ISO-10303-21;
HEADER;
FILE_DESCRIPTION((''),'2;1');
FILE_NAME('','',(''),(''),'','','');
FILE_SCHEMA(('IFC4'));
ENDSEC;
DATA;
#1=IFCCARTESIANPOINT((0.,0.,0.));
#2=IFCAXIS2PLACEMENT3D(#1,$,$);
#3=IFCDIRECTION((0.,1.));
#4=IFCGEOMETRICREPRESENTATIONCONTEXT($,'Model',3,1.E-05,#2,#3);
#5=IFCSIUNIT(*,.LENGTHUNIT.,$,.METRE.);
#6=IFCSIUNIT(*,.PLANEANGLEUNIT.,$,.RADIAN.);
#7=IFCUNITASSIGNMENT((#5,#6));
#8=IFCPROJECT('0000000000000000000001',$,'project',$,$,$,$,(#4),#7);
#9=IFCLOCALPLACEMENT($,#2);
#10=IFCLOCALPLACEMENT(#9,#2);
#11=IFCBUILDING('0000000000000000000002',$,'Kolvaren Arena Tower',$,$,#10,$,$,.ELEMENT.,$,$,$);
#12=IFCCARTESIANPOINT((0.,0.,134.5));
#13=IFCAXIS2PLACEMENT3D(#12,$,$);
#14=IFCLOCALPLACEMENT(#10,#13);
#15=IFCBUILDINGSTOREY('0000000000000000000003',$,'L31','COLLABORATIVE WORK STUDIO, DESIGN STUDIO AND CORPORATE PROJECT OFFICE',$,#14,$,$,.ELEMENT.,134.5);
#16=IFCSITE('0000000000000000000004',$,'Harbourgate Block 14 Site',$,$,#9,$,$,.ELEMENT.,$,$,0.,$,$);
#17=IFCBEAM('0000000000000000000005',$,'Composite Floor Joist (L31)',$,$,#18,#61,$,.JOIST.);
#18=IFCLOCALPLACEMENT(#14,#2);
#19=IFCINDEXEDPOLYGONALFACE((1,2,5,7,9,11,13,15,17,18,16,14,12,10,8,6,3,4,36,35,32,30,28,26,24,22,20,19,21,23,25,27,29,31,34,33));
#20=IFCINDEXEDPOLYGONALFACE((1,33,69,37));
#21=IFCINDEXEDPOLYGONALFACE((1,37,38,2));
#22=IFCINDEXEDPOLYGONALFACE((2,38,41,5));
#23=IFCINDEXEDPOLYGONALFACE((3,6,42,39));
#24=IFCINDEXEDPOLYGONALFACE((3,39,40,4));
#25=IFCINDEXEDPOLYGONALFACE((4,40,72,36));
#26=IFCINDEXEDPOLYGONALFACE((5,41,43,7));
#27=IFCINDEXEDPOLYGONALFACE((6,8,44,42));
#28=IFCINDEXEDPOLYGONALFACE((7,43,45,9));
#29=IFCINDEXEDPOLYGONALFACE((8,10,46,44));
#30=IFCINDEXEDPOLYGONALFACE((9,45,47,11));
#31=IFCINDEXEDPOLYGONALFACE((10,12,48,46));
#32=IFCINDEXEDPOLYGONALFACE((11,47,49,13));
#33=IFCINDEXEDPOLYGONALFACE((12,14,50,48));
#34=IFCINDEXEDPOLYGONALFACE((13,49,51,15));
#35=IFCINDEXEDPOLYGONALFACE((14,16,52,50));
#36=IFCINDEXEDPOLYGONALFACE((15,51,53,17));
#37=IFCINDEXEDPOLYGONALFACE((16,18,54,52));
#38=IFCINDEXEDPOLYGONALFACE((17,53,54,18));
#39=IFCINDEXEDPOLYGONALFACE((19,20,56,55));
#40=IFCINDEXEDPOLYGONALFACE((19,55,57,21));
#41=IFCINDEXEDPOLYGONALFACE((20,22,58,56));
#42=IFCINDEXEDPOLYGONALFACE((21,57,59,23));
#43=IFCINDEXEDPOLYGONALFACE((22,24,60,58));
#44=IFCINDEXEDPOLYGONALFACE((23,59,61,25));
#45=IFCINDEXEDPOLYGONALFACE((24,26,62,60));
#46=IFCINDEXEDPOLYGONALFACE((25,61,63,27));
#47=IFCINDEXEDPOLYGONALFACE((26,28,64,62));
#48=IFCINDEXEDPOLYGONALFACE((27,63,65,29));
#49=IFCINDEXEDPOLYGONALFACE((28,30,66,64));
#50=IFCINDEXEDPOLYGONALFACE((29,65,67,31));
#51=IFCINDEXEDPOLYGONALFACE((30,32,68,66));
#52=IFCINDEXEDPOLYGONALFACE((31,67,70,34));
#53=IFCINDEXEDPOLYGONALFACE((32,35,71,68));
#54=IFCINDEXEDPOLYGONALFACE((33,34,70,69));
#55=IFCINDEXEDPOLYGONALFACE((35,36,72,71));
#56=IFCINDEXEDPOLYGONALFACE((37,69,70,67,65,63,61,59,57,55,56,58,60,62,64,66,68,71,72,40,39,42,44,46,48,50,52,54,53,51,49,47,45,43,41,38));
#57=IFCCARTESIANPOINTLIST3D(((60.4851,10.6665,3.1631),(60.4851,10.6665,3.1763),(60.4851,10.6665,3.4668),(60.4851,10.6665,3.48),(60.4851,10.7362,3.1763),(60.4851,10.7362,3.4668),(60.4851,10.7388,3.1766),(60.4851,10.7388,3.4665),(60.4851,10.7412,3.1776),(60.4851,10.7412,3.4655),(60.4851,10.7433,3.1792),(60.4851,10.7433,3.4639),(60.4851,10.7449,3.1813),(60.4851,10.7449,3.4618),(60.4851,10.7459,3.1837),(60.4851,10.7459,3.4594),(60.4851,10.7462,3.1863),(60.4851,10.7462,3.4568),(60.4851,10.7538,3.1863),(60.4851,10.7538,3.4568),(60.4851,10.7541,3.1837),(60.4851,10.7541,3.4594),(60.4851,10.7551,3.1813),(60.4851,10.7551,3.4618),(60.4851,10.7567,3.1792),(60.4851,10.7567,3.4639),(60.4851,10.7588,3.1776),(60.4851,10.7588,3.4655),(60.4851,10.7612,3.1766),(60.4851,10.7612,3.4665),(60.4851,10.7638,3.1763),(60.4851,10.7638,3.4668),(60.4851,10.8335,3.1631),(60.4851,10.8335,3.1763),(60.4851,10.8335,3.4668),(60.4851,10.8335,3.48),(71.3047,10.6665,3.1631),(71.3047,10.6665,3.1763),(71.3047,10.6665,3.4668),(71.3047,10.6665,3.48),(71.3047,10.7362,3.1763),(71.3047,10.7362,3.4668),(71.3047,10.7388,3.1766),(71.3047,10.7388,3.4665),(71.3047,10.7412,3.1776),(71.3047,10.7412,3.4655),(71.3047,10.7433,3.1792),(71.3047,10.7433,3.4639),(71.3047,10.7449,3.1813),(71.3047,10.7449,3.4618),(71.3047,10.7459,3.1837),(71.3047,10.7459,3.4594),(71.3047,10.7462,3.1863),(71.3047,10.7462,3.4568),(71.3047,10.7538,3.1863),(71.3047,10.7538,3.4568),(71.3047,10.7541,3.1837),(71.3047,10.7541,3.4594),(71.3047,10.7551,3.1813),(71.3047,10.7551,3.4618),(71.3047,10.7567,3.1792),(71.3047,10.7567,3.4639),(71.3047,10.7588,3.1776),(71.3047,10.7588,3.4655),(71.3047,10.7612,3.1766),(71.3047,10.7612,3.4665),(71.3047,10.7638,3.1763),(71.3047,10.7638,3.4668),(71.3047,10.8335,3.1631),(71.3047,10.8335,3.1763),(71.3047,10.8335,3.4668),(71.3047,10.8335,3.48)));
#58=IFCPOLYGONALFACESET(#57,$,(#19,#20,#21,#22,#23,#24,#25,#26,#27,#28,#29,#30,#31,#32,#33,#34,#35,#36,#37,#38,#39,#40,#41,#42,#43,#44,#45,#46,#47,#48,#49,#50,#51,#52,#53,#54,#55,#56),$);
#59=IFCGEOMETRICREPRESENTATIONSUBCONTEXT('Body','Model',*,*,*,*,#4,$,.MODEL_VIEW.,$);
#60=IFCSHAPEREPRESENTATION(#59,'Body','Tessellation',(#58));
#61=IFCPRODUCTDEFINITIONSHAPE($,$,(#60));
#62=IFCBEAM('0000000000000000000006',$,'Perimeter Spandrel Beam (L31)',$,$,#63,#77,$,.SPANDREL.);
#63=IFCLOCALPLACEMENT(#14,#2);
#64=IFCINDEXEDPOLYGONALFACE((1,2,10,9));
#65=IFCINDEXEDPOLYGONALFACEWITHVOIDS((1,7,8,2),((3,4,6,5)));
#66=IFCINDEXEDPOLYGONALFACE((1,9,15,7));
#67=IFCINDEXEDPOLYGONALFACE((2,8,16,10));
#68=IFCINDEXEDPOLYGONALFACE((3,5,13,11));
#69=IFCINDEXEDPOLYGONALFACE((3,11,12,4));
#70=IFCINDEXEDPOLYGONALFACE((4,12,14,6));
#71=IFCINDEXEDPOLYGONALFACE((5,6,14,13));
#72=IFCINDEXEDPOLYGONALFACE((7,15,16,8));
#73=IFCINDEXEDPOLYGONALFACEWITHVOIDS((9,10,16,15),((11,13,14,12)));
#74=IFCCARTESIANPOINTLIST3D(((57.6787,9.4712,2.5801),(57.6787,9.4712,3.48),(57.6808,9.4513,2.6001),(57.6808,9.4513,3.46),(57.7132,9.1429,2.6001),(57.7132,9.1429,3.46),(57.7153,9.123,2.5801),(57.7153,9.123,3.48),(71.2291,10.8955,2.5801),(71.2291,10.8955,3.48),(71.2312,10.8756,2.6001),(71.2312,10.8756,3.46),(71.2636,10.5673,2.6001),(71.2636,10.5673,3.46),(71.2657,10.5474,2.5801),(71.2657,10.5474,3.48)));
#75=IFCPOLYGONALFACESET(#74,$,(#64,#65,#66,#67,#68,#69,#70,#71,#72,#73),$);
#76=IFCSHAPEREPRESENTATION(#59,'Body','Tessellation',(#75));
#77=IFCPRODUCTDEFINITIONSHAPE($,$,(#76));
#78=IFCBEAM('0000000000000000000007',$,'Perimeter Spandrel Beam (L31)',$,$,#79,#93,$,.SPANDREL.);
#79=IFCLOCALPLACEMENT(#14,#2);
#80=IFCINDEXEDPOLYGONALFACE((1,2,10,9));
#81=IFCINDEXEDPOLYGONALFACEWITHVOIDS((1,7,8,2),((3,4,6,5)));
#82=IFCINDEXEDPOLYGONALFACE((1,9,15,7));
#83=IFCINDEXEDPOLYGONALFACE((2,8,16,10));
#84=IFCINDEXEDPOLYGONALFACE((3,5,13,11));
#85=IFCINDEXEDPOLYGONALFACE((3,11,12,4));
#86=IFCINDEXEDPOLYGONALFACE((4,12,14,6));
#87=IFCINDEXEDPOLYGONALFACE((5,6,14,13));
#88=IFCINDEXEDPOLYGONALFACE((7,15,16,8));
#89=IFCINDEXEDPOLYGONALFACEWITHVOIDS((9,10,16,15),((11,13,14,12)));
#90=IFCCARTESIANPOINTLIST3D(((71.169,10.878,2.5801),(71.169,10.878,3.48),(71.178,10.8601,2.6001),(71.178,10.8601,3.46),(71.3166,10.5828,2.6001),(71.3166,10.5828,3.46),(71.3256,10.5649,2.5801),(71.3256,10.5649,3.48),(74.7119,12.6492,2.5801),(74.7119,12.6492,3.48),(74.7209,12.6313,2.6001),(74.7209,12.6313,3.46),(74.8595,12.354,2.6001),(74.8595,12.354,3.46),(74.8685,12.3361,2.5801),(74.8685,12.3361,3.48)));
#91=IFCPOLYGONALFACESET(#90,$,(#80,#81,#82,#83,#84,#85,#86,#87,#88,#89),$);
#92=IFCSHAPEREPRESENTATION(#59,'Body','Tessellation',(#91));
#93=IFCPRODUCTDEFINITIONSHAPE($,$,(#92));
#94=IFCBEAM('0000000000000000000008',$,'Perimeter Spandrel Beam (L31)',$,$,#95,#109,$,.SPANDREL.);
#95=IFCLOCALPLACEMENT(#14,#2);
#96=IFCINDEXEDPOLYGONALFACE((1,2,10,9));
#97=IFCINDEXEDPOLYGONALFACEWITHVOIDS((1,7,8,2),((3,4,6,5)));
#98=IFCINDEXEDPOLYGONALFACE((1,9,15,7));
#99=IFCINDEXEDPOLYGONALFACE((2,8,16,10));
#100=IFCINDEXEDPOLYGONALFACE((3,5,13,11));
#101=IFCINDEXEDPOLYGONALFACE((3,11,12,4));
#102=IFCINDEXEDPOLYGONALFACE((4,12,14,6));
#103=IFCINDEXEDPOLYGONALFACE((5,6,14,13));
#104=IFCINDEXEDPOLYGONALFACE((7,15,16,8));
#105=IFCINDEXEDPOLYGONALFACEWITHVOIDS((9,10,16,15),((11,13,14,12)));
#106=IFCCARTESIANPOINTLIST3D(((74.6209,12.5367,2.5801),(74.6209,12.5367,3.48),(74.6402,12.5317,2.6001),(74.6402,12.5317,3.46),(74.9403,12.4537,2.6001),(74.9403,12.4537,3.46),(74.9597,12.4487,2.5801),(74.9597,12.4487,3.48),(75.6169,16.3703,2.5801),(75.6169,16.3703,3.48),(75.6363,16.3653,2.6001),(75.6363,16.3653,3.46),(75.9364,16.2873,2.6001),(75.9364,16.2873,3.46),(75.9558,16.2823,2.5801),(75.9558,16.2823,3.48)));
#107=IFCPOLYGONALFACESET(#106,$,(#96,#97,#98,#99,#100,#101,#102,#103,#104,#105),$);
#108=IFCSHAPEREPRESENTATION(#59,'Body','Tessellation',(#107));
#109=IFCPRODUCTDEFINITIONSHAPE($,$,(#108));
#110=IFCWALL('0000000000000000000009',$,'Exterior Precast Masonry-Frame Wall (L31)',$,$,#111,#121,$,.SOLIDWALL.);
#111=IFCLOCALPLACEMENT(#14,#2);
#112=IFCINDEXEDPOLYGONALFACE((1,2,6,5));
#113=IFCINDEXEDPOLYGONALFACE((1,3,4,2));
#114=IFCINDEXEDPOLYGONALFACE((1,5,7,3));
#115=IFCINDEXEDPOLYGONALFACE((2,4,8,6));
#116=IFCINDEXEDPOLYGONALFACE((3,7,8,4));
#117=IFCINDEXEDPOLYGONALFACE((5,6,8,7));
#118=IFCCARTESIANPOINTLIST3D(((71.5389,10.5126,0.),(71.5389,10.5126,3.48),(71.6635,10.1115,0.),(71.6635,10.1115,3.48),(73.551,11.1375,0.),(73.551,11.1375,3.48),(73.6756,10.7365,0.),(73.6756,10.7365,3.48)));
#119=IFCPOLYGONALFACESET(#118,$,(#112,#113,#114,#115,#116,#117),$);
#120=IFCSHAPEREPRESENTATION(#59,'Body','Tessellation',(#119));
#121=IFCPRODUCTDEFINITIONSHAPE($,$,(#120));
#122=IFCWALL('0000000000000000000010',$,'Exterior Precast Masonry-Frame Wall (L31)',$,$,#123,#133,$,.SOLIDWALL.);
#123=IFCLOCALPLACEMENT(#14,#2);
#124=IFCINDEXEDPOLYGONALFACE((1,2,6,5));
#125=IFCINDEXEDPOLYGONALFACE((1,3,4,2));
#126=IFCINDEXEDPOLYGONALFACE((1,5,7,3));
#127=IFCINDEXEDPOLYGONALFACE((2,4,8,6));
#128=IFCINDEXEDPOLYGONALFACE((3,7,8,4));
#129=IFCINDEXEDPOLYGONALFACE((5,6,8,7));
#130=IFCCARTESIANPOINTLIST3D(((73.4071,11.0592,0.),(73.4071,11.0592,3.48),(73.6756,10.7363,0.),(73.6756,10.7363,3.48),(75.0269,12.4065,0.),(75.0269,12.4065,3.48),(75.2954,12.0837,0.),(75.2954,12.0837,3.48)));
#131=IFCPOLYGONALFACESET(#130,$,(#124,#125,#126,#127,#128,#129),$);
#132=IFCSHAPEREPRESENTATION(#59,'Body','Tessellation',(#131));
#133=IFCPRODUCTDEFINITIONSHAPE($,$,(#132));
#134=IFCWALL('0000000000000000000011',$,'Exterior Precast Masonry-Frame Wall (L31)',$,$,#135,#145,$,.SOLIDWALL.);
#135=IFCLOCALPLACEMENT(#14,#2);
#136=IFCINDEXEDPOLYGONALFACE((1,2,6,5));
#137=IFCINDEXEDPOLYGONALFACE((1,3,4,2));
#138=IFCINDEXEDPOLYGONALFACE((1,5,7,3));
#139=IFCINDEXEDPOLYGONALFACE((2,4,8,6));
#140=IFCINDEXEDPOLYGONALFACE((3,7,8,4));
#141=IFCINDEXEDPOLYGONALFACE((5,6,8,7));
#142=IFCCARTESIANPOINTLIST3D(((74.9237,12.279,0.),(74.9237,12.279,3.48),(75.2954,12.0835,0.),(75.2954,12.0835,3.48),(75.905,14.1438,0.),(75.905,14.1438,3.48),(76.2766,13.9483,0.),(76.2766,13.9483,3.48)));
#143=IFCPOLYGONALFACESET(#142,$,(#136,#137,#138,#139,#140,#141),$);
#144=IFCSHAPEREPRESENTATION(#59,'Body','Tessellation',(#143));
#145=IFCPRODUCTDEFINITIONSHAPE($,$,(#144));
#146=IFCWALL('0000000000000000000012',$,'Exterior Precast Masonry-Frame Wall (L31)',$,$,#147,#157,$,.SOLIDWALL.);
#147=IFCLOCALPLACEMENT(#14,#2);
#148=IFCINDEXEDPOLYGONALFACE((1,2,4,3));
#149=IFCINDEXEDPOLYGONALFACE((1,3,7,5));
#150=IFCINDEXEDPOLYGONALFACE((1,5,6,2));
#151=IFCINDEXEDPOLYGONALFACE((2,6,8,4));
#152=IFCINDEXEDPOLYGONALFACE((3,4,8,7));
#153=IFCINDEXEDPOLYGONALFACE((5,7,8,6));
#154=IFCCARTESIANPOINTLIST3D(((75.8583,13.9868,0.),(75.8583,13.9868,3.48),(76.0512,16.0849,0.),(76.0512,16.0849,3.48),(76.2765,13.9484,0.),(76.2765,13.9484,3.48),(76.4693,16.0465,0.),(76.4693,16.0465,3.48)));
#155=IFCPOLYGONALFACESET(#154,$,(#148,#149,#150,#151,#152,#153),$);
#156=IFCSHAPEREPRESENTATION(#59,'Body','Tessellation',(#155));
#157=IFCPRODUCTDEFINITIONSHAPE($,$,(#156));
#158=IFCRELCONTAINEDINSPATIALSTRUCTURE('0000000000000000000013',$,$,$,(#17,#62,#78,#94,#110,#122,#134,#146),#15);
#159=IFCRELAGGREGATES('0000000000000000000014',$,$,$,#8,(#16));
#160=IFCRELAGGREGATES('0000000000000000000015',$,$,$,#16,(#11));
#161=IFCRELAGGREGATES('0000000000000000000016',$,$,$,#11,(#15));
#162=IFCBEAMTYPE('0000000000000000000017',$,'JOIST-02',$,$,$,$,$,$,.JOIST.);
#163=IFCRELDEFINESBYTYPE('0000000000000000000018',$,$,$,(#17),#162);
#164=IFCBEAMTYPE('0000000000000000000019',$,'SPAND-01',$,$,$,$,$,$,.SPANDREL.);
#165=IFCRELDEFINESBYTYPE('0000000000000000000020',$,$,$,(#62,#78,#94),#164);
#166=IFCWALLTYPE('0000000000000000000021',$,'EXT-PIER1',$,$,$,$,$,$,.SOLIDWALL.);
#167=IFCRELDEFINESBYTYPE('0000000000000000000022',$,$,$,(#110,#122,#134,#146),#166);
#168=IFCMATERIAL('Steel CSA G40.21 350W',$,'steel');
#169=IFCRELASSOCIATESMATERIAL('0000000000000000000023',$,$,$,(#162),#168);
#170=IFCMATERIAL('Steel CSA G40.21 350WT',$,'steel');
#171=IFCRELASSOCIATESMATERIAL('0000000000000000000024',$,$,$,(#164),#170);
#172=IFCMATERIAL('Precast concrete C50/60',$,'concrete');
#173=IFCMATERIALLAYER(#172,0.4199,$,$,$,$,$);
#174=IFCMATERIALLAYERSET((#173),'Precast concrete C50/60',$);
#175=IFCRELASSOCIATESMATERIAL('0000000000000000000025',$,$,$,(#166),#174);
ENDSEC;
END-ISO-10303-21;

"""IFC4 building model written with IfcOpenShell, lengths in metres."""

from ifc_helpers import new_model, si_unit, direction, frame, frame_2d, origin, origin_2d, place, context, subcontext, project, spatial, rectangle, hollow_rectangle, i_section, extrude, material, layer, layer_set, material_profile, profile_set, type_object, element, save


model = new_model("IFC4")

# Units and contexts
model_context = context("Model", 3, precision=1e-05, world=origin(), true_north=direction((0.0, 1.0)))
body_context = subcontext(model_context, "Body", "Model", "MODEL_VIEW")
ifc_project = project(units=[si_unit("LENGTHUNIT", "METRE"), si_unit("PLANEANGLEUNIT", "RADIAN")], contexts=[model_context])

# Site, building, storey
site_placement = place(None, origin())
site = spatial("IfcSite", under=ifc_project, at=site_placement, Name="Harbourgate Block 14 Site", CompositionType="ELEMENT", RefElevation=0.0)
building_placement = place(site_placement, origin())
building = spatial("IfcBuilding", under=site, at=building_placement, Name="Kolvaren Arena Tower", CompositionType="ELEMENT")
storey_placement = place(building_placement, frame((0.0, 0.0, 134.5)))
storey = spatial("IfcBuildingStorey", under=building, at=storey_placement, Name="L31", Description="COLLABORATIVE WORK STUDIO, DESIGN STUDIO AND CORPORATE PROJECT OFFICE", CompositionType="ELEMENT", Elevation=134.5)

# Beams
ifc_material_1 = material(Name="Steel CSA G40.21 350W", Category="steel")
ifc_material_profile_1 = material_profile(ifc_material_1, i_section(OverallWidth=0.167, OverallDepth=0.3169, WebThickness=0.0076, FlangeThickness=0.0132, FilletRadius=0.01, at=origin_2d()), Name="W310x52")
ifc_profile_set_1 = profile_set([ifc_material_profile_1], Name="Steel CSA G40.21 350W")
beam_type_1 = type_object("IfcBeamType", Name="JOIST-02", PredefinedType="JOIST", material=ifc_profile_set_1)
beam_1_placement = place(storey_placement, frame((60.4851, 10.75, 3.3215), z_axis=(1.0, 0.0, 0.0), x_axis=(0.0, 1.0, 0.0)))
element("IfcBeam", 1, at=beam_1_placement, inside=storey, type_object=beam_type_1, Name="Composite Floor Joist (L31)", PredefinedType="JOIST", context=body_context, shape_type="SweptSolid", body=[
    extrude(i_section(OverallWidth=0.167, OverallDepth=0.3169, WebThickness=0.0076, FlangeThickness=0.0132, FilletRadius=0.01, at=origin_2d()), origin(), (0.0, 0.0, 1.0), 10.8196),
])
ifc_material_2 = material(Name="Steel CSA G40.21 350WT", Category="steel")
ifc_material_profile_2 = material_profile(ifc_material_2, hollow_rectangle(XDim=0.3501, YDim=0.8999, WallThickness=0.02, at=origin_2d()), Name="HSS 900x350x20")
ifc_profile_set_2 = profile_set([ifc_material_profile_2], Name="Steel CSA G40.21 350WT")
beam_type_2 = type_object("IfcBeamType", Name="SPAND-01", PredefinedType="SPANDREL", material=ifc_profile_set_2)
beam_2_placement = place(storey_placement, frame((57.697, 9.2971, 3.03), z_axis=(0.994521, 0.104537, 0.0), x_axis=(-0.104537, 0.994521, 0.0)))
element("IfcBeam", 2, at=beam_2_placement, inside=storey, type_object=beam_type_2, Name="Perimeter Spandrel Beam (L31)", PredefinedType="SPANDREL", context=body_context, shape_type="SweptSolid", body=[
    extrude(hollow_rectangle(XDim=0.3501, YDim=0.8999, WallThickness=0.02, at=origin_2d()), origin(), (0.0, 0.0, 1.0), 13.625),
])
for number, where, z_axis, x_axis, name in (
    (3, (71.2473, 10.7214, 3.03), (0.894452, 0.447164, 0.0), (-0.447164, 0.894452, 0.0), "Perimeter Spandrel Beam (L31)"),
    (4, (74.7903, 12.4927, 3.03), (0.251473, 0.967864, 0.0), (-0.967864, 0.251473, 0.0), "Perimeter Spandrel Beam (L31)"),
):
    element("IfcBeam", number, at=place(storey_placement, frame(where, z_axis=z_axis, x_axis=x_axis)), inside=storey, type_object=beam_type_2, Name=name, PredefinedType="SPANDREL", context=body_context, shape_type="SweptSolid", body=[
        extrude(hollow_rectangle(XDim=0.3501, YDim=0.8999, WallThickness=0.02, at=origin_2d()), origin(), (0.0, 0.0, 1.0), 3.9609),
    ])

# Walls
ifc_material_3 = material(Name="Precast concrete C50/60", Category="concrete")
ifc_layer_1 = layer(ifc_material_3, 0.4199)
ifc_layer_set_1 = layer_set([ifc_layer_1], Name="Precast concrete C50/60")
wall_type_1 = type_object("IfcWallType", Name="EXT-PIER1", PredefinedType="SOLIDWALL", material=ifc_layer_set_1)
for number, where, z_axis, x_axis, name in (
    (5, (73.6133, 10.937, 0.0), (0.0, 0.0, 1.0), (-0.954994, -0.296625, 0.0), "Exterior Precast Masonry-Frame Wall (L31)"),
    (6, (75.1611, 12.2451, 0.0), (0.0, 0.0, 1.0), (-0.7688, -0.639489, 0.0), "Exterior Precast Masonry-Frame Wall (L31)"),
):
    element("IfcWall", number, at=place(storey_placement, frame(where, z_axis=z_axis, x_axis=x_axis)), inside=storey, type_object=wall_type_1, Name=name, PredefinedType="SOLIDWALL", context=body_context, shape_type="SweptSolid", body=[
        extrude(rectangle(XDim=2.1069, YDim=0.4199, at=frame_2d((1.0535, 0.0))), origin(), (0.0, 0.0, 1.0), 3.48),
    ])
wall_1_placement = place(storey_placement, frame((76.0908, 14.0461, 0.0), z_axis=(0.0, 0.0, 1.0), x_axis=(-0.465656, -0.884966, 0.0)))
element("IfcWall", 7, at=wall_1_placement, inside=storey, type_object=wall_type_1, Name="Exterior Precast Masonry-Frame Wall (L31)", PredefinedType="SOLIDWALL", context=body_context, shape_type="SweptSolid", body=[
    extrude(rectangle(XDim=2.1072, YDim=0.4199, at=frame_2d((1.0537, 0.0))), origin(), (0.0, 0.0, 1.0), 3.48),
])
wall_2_placement = place(storey_placement, frame((76.2603, 16.0657, 0.0), z_axis=(0.0, 0.0, 1.0), x_axis=(-0.091539, -0.995802, 0.0)))
element("IfcWall", 8, at=wall_2_placement, inside=storey, type_object=wall_type_1, Name="Exterior Precast Masonry-Frame Wall (L31)", PredefinedType="SOLIDWALL", context=body_context, shape_type="SweptSolid", body=[
    extrude(rectangle(XDim=2.1069, YDim=0.4199, at=frame_2d((1.0535, 0.0))), origin(), (0.0, 0.0, 1.0), 3.48),
])

save(model, "model.ifc")
